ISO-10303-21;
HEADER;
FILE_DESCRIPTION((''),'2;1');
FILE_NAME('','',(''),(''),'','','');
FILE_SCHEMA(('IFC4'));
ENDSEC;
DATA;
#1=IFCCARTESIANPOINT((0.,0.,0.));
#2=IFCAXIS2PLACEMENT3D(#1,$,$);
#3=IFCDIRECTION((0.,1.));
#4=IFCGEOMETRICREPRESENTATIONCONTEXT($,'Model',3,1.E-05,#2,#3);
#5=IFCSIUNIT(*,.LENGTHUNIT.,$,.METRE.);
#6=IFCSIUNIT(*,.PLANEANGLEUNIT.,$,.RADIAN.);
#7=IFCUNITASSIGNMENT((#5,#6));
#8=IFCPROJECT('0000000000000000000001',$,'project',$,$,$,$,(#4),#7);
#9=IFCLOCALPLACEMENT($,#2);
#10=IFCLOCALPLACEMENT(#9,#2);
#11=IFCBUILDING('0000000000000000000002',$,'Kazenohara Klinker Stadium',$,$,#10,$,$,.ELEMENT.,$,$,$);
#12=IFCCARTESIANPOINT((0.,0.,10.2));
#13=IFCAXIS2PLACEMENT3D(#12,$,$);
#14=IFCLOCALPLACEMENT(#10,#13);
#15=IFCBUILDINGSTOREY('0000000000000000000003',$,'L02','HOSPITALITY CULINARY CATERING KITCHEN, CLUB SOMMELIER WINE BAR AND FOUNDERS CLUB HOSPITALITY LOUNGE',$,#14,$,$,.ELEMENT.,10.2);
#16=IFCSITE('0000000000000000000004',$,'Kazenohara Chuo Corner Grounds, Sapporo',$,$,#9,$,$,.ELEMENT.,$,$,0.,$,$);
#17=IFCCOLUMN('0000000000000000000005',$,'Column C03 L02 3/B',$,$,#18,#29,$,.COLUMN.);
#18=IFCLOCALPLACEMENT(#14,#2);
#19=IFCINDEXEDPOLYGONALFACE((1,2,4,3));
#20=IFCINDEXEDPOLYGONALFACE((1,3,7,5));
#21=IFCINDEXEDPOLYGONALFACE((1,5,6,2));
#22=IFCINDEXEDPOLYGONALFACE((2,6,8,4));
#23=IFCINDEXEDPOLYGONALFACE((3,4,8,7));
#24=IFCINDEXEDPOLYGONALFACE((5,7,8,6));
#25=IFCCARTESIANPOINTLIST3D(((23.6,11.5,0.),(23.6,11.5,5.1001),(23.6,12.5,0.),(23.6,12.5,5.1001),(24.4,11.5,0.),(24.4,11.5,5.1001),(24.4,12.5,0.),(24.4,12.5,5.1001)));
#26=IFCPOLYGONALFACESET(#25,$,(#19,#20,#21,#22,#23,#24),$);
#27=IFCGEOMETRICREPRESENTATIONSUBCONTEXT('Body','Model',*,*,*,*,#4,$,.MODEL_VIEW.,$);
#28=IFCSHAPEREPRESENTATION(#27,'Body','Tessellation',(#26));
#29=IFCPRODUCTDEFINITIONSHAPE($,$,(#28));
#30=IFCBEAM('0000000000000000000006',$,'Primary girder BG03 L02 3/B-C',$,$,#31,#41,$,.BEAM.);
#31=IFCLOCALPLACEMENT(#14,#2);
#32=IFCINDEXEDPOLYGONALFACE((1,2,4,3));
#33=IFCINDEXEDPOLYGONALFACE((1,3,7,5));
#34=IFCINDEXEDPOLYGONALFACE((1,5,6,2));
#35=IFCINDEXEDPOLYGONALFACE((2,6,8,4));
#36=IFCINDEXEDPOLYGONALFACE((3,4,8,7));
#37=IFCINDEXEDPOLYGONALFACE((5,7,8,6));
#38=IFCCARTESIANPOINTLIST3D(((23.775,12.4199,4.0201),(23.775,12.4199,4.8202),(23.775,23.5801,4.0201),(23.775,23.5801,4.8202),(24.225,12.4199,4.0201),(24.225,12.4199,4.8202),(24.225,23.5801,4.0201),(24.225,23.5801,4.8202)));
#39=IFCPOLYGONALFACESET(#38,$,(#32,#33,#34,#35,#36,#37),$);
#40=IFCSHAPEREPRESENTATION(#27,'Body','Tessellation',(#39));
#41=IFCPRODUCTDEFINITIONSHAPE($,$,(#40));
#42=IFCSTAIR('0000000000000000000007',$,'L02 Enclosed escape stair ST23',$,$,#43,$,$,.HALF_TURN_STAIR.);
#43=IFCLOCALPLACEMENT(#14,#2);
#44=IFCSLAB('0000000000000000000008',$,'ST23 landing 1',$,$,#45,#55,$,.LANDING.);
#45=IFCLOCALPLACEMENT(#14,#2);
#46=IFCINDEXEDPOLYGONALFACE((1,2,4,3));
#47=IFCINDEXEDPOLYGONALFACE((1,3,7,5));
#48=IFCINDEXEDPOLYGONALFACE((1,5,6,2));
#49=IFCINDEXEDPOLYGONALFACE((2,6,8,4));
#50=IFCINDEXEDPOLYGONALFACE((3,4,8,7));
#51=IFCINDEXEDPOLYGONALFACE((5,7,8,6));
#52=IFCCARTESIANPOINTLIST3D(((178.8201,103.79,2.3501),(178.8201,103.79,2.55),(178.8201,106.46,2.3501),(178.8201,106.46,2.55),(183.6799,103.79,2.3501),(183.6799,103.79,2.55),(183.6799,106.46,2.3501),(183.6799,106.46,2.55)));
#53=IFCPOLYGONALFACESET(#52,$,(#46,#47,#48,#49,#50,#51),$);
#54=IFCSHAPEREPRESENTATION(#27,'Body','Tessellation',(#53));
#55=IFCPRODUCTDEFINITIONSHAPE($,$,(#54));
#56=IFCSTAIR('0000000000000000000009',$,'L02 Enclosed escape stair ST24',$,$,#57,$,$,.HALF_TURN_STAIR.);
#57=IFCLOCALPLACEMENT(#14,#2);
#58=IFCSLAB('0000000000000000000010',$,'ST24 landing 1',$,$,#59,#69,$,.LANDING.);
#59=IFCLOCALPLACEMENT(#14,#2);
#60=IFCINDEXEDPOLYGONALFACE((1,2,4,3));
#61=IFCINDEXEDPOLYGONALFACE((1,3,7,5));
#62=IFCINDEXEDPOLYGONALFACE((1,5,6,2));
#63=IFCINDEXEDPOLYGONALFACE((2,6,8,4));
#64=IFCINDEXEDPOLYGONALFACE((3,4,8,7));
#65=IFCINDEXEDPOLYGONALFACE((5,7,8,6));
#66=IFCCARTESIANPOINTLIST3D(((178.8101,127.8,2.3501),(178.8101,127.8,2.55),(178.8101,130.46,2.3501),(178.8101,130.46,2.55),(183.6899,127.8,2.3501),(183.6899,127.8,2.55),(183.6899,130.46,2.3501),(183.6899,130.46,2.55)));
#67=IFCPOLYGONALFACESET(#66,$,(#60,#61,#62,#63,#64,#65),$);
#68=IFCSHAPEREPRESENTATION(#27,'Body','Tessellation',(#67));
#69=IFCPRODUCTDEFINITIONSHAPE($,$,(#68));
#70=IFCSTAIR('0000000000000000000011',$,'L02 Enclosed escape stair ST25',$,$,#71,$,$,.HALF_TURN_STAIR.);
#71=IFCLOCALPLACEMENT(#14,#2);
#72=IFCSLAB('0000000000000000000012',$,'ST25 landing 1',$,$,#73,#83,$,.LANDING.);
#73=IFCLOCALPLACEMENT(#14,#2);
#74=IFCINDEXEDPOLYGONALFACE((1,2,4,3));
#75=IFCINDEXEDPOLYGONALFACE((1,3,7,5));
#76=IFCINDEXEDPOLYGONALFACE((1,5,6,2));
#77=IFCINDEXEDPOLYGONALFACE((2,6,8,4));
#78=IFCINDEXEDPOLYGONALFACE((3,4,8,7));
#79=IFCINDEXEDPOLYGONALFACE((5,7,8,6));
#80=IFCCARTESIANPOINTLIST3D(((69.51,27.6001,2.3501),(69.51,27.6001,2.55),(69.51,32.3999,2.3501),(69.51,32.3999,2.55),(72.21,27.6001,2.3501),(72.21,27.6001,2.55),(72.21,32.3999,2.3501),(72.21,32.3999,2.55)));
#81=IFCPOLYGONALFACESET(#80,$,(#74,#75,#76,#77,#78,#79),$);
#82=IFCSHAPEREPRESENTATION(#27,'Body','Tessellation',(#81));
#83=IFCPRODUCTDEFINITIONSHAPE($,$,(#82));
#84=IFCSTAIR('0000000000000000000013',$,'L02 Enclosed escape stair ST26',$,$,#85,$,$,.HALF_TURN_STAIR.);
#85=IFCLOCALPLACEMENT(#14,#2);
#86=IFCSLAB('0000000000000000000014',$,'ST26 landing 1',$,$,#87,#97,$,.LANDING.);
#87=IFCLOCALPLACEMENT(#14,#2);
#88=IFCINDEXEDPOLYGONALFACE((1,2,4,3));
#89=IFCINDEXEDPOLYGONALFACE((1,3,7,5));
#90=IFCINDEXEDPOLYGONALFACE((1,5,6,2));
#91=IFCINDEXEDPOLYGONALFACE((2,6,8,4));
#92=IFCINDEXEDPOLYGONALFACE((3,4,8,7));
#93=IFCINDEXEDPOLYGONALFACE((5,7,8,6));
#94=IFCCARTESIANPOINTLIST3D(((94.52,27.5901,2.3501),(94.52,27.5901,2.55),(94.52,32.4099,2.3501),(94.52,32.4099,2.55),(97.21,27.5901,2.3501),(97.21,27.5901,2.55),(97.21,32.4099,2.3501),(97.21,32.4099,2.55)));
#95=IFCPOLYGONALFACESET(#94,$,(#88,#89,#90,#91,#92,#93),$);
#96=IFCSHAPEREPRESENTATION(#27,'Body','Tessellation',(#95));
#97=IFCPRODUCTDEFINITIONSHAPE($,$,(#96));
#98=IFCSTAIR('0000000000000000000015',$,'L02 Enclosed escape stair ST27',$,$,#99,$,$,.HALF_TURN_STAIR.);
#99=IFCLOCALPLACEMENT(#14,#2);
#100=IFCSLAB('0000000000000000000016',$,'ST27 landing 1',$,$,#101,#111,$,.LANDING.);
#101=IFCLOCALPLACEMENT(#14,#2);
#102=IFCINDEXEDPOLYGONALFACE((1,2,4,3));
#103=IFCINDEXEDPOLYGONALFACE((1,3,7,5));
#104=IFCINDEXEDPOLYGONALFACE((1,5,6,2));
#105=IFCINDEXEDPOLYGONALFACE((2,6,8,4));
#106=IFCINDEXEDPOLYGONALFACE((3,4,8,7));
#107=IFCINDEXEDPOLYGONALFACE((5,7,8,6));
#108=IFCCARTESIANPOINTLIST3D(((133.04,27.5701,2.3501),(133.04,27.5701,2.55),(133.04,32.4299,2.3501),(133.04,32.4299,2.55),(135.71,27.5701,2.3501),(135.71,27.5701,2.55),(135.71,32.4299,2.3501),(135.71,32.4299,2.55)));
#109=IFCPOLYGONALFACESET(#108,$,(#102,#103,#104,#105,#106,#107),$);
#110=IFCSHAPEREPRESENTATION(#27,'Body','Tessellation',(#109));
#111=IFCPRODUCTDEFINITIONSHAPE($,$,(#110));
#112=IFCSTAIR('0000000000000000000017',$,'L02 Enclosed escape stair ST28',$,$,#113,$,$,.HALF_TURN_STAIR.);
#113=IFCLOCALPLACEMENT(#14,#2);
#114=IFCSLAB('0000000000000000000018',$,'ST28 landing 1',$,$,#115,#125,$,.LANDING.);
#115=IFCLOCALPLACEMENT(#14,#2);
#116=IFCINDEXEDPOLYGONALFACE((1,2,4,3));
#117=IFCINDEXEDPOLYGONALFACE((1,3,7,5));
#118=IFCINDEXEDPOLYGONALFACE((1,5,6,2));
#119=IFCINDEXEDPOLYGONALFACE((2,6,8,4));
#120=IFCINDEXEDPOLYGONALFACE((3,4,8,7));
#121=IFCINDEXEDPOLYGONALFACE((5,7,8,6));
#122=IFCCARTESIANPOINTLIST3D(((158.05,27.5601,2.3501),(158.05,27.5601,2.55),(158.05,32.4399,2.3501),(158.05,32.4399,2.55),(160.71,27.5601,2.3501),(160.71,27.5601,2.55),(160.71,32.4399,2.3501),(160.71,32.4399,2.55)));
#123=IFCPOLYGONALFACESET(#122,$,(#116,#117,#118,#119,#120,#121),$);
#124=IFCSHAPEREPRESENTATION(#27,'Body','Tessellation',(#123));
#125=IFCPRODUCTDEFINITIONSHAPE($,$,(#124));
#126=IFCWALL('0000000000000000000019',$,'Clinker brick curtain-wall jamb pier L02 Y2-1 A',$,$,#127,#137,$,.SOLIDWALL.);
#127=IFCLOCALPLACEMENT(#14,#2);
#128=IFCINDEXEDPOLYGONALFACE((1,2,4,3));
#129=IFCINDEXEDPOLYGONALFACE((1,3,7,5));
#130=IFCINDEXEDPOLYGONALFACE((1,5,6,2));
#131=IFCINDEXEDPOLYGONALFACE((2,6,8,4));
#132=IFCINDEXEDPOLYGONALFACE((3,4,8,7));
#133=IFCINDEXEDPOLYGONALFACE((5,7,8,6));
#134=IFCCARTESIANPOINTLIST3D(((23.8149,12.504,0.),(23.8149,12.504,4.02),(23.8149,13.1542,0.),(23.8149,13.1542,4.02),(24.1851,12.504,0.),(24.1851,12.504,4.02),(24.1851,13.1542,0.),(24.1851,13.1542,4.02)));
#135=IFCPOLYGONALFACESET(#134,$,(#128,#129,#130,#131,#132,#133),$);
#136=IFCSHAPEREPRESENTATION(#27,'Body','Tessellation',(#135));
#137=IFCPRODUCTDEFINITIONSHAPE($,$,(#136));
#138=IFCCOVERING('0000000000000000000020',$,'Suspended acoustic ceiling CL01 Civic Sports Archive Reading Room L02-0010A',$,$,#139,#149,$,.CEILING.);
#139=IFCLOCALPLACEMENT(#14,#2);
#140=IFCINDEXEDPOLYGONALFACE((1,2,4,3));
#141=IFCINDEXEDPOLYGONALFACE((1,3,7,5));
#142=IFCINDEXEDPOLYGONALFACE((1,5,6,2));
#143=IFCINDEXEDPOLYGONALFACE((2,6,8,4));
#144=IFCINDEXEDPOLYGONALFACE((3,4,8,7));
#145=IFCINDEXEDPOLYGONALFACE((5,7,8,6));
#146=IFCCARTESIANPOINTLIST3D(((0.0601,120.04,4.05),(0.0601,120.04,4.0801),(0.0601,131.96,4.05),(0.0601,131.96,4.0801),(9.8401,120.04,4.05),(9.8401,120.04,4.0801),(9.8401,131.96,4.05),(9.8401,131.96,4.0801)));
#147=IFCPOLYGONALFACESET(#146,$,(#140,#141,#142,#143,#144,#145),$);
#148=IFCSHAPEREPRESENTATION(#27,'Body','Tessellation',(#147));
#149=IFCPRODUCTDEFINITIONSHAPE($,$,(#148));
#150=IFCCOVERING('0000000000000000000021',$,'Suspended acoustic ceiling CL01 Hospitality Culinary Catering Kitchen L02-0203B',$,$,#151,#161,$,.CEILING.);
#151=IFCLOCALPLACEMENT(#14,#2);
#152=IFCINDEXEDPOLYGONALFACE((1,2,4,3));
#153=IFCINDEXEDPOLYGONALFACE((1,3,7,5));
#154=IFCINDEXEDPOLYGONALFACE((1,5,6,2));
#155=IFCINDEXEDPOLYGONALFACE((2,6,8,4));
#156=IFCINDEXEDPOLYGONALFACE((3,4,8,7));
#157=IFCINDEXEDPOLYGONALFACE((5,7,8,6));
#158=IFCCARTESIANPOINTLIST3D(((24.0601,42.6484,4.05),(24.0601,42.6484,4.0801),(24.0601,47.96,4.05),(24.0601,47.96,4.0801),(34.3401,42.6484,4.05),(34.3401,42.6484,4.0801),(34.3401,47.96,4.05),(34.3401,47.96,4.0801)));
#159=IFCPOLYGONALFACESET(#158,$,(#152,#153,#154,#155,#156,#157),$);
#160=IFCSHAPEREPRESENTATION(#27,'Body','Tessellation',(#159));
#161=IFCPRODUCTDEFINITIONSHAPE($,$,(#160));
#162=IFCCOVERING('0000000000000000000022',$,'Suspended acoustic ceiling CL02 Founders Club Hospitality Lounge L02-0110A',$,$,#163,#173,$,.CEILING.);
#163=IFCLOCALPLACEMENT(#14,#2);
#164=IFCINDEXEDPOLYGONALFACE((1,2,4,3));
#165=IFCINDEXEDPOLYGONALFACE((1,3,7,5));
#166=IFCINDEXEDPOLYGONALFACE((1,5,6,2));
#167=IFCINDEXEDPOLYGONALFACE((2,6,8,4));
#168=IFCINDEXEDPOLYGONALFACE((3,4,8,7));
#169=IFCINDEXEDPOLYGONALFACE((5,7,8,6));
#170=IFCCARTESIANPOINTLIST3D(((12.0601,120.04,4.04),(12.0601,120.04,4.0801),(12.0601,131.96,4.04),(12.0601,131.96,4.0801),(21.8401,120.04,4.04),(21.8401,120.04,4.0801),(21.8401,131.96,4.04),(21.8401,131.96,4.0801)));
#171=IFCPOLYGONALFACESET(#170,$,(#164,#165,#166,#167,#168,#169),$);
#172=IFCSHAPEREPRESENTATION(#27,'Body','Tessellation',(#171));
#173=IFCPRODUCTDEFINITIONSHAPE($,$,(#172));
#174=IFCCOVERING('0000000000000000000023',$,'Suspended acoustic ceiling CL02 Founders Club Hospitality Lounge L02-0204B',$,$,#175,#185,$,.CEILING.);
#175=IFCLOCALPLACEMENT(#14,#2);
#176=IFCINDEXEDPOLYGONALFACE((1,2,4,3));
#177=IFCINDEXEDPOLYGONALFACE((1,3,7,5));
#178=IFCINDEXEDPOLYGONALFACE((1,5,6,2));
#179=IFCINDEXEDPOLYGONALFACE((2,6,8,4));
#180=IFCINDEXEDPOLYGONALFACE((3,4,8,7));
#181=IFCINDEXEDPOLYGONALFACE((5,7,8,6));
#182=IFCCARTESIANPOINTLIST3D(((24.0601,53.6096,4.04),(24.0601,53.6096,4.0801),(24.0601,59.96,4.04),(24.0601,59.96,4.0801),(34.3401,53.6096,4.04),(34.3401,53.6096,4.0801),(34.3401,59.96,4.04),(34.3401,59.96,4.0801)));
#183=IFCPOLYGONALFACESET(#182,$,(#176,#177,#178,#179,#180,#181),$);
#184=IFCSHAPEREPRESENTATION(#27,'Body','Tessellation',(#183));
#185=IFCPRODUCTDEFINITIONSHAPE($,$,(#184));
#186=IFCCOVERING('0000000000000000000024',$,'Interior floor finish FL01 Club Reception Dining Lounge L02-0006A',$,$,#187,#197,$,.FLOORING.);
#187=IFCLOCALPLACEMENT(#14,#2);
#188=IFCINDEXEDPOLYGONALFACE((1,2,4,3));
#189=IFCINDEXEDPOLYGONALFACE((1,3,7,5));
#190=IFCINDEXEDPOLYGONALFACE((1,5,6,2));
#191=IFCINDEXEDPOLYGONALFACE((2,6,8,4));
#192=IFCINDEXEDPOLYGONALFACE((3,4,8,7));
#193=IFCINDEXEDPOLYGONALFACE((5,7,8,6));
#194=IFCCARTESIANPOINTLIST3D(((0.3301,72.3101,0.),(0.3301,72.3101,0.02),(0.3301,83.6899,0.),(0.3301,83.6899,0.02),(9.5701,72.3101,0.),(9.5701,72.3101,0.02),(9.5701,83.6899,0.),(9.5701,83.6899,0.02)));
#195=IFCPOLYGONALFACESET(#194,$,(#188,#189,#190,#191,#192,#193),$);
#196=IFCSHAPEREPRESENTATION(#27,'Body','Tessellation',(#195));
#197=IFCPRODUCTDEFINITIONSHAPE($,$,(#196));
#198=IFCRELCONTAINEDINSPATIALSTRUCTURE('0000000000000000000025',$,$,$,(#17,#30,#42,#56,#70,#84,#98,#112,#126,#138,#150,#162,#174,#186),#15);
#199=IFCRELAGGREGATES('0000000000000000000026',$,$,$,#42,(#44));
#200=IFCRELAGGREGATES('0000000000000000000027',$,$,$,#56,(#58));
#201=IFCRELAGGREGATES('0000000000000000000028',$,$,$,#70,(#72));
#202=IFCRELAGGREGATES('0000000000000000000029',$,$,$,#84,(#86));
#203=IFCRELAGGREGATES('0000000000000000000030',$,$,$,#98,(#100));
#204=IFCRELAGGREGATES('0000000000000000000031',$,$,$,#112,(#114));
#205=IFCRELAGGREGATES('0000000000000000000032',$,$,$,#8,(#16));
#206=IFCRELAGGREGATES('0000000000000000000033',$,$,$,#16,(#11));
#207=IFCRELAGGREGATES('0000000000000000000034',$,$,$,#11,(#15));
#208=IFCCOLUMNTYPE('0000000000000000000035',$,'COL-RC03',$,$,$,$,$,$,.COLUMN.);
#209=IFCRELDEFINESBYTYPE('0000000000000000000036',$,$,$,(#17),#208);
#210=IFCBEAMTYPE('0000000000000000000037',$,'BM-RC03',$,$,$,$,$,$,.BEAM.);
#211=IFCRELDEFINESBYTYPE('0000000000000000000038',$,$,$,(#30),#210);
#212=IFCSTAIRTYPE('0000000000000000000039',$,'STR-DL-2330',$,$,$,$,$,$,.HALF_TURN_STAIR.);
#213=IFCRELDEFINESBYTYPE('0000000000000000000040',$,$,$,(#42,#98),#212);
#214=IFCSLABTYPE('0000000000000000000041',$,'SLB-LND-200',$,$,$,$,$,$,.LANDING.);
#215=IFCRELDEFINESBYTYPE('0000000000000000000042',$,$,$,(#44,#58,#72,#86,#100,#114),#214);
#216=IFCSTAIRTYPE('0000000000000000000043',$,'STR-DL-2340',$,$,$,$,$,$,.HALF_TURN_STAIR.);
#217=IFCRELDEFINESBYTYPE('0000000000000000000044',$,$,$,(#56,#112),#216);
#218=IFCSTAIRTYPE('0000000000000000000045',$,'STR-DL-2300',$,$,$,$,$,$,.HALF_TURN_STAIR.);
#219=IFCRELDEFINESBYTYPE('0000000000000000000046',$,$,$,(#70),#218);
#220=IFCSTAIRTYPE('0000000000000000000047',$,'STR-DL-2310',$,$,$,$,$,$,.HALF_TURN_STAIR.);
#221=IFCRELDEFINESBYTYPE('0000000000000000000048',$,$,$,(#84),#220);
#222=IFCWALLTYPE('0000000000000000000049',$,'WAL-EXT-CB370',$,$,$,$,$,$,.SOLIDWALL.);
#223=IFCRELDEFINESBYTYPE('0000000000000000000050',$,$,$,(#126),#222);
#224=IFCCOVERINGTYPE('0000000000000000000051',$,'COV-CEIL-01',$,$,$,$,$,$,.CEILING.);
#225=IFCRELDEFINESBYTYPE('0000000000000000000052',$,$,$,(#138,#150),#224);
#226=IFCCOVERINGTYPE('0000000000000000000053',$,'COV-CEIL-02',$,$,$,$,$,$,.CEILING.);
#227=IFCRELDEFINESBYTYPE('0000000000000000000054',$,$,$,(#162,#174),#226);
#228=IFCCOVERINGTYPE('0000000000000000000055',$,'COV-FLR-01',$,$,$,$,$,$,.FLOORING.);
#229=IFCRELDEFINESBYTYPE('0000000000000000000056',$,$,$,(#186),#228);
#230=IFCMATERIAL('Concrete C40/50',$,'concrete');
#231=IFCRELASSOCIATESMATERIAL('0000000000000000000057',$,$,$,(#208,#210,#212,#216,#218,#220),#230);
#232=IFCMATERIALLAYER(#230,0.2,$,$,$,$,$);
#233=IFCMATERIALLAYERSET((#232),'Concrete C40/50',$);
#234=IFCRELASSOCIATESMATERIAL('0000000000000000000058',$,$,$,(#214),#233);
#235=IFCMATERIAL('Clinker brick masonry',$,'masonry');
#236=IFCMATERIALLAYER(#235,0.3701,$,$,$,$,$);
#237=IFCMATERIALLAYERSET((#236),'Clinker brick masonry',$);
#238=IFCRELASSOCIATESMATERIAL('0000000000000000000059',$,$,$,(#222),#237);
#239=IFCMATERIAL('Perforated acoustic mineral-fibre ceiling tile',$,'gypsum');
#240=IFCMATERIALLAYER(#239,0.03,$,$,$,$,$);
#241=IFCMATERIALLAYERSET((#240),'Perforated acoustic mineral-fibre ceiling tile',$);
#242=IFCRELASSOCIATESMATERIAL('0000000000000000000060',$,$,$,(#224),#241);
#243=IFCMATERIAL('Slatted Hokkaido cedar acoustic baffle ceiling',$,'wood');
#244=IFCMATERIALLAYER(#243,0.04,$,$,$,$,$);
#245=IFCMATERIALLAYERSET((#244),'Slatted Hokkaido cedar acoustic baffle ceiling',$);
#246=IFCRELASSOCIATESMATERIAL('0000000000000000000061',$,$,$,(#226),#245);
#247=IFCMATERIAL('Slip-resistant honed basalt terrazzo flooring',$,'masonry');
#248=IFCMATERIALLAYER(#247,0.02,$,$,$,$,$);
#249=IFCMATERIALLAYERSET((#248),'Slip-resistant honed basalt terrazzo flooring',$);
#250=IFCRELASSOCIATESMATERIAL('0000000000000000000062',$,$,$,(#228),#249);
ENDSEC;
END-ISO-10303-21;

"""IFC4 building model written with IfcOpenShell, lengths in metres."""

from ifc_helpers import new_model, si_unit, direction, frame, frame_2d, origin, origin_2d, place, context, subcontext, project, spatial, polyline, rectangle, outline, extrude, material, layer, layer_set, material_profile, profile_set, type_object, element, aggregate, save


model = new_model("IFC4")

# Units and contexts
model_context = context("Model", 3, precision=1e-05, world=origin(), true_north=direction((0.0, 1.0)))
body_context = subcontext(model_context, "Body", "Model", "MODEL_VIEW")
ifc_project = project(units=[si_unit("LENGTHUNIT", "METRE"), si_unit("PLANEANGLEUNIT", "RADIAN")], contexts=[model_context])

# Site, building, storey
site_placement = place(None, origin())
site = spatial("IfcSite", under=ifc_project, at=site_placement, Name="Kazenohara Chuo Corner Grounds, Sapporo", CompositionType="ELEMENT", RefElevation=0.0)
building_placement = place(site_placement, origin())
building = spatial("IfcBuilding", under=site, at=building_placement, Name="Kazenohara Klinker Stadium", CompositionType="ELEMENT")
storey_placement = place(building_placement, frame((0.0, 0.0, 10.2)))
storey = spatial("IfcBuildingStorey", under=building, at=storey_placement, Name="L02", Description="HOSPITALITY CULINARY CATERING KITCHEN, CLUB SOMMELIER WINE BAR AND FOUNDERS CLUB HOSPITALITY LOUNGE", CompositionType="ELEMENT", Elevation=10.2)

# Column
ifc_material_1 = material(Name="Concrete C40/50", Category="concrete")
ifc_material_profile_1 = material_profile(ifc_material_1, rectangle(XDim=0.8, YDim=1.0, at=origin_2d()), Name="RC-COL-1000x800")
ifc_profile_set_1 = profile_set([ifc_material_profile_1], Name="Concrete C40/50")
column_type = type_object("IfcColumnType", Name="COL-RC03", PredefinedType="COLUMN", material=ifc_profile_set_1)
column_placement = place(storey_placement, frame((24.0, 12.0, 0.0), z_axis=(0.0, 0.0, 1.0), x_axis=(1.0, 0.0, 0.0)))
element("IfcColumn", 1, at=column_placement, inside=storey, type_object=column_type, Name="Column C03 L02 3/B", PredefinedType="COLUMN", context=body_context, shape_type="SweptSolid", body=[
    extrude(rectangle(XDim=0.8, YDim=1.0, at=origin_2d()), origin(), (0.0, 0.0, 1.0), 5.1001),
])

# Beam
ifc_material_profile_2 = material_profile(ifc_material_1, rectangle(XDim=0.45, YDim=0.8, at=origin_2d()), Name="RC-BM-450x800")
ifc_profile_set_2 = profile_set([ifc_material_profile_2], Name="Concrete C40/50")
beam_type = type_object("IfcBeamType", Name="BM-RC03", PredefinedType="BEAM", material=ifc_profile_set_2)
beam_placement = place(storey_placement, frame((24.0, 12.4199, 4.4202), z_axis=(0.0, 1.0, 0.0), x_axis=(-1.0, 0.0, 0.0)))
element("IfcBeam", 2, at=beam_placement, inside=storey, type_object=beam_type, Name="Primary girder BG03 L02 3/B-C", PredefinedType="BEAM", context=body_context, shape_type="SweptSolid", body=[
    extrude(rectangle(XDim=0.45, YDim=0.8, at=origin_2d()), origin(), (0.0, 0.0, 1.0), 11.1602),
])

# Stairs, slabs
stair_type_1 = type_object("IfcStairType", Name="STR-DL-2330", PredefinedType="HALF_TURN_STAIR", material=ifc_material_1)
stair_1_placement = place(storey_placement, origin())
stair_1 = element("IfcStair", 3, at=stair_1_placement, inside=storey, type_object=stair_type_1, Name="L02 Enclosed escape stair ST23", PredefinedType="HALF_TURN_STAIR")
ifc_layer_1 = layer(ifc_material_1, 0.2)
ifc_layer_set_1 = layer_set([ifc_layer_1], Name="Concrete C40/50")
slab_type = type_object("IfcSlabType", Name="SLB-LND-200", PredefinedType="LANDING", material=ifc_layer_set_1)
slab_1_placement = place(storey_placement, frame((0.0, 0.0, 2.3501)))
slab_1 = element("IfcSlab", 4, at=slab_1_placement, type_object=slab_type, Name="ST23 landing 1", PredefinedType="LANDING", context=body_context, shape_type="SweptSolid", body=[
    extrude(outline(polyline([(183.6799, 103.79), (183.6799, 106.46), (178.8201, 106.46), (178.8201, 103.79), (183.6799, 103.79)])), origin(), (0.0, 0.0, 1.0), 0.2),
])
aggregate(stair_1, [slab_1])
stair_type_2 = type_object("IfcStairType", Name="STR-DL-2340", PredefinedType="HALF_TURN_STAIR", material=ifc_material_1)
stair_2_placement = place(storey_placement, origin())
stair_2 = element("IfcStair", 5, at=stair_2_placement, inside=storey, type_object=stair_type_2, Name="L02 Enclosed escape stair ST24", PredefinedType="HALF_TURN_STAIR")
slab_2_placement = place(storey_placement, frame((0.0, 0.0, 2.3501)))
slab_2 = element("IfcSlab", 6, at=slab_2_placement, type_object=slab_type, Name="ST24 landing 1", PredefinedType="LANDING", context=body_context, shape_type="SweptSolid", body=[
    extrude(outline(polyline([(183.6899, 127.8), (183.6899, 130.46), (178.8101, 130.46), (178.8101, 127.8), (183.6899, 127.8)])), origin(), (0.0, 0.0, 1.0), 0.2),
])
aggregate(stair_2, [slab_2])
stair_type_3 = type_object("IfcStairType", Name="STR-DL-2300", PredefinedType="HALF_TURN_STAIR", material=ifc_material_1)
stair_3_placement = place(storey_placement, origin())
stair_3 = element("IfcStair", 7, at=stair_3_placement, inside=storey, type_object=stair_type_3, Name="L02 Enclosed escape stair ST25", PredefinedType="HALF_TURN_STAIR")
slab_3_placement = place(storey_placement, frame((0.0, 0.0, 2.3501)))
slab_3 = element("IfcSlab", 8, at=slab_3_placement, type_object=slab_type, Name="ST25 landing 1", PredefinedType="LANDING", context=body_context, shape_type="SweptSolid", body=[
    extrude(outline(polyline([(69.51, 27.6001), (72.21, 27.6001), (72.21, 32.3999), (69.51, 32.3999), (69.51, 27.6001)])), origin(), (0.0, 0.0, 1.0), 0.2),
])
aggregate(stair_3, [slab_3])
stair_type_4 = type_object("IfcStairType", Name="STR-DL-2310", PredefinedType="HALF_TURN_STAIR", material=ifc_material_1)
stair_4_placement = place(storey_placement, origin())
stair_4 = element("IfcStair", 9, at=stair_4_placement, inside=storey, type_object=stair_type_4, Name="L02 Enclosed escape stair ST26", PredefinedType="HALF_TURN_STAIR")
slab_4_placement = place(storey_placement, frame((0.0, 0.0, 2.3501)))
slab_4 = element("IfcSlab", 10, at=slab_4_placement, type_object=slab_type, Name="ST26 landing 1", PredefinedType="LANDING", context=body_context, shape_type="SweptSolid", body=[
    extrude(outline(polyline([(94.52, 27.5901), (97.21, 27.5901), (97.21, 32.4099), (94.52, 32.4099), (94.52, 27.5901)])), origin(), (0.0, 0.0, 1.0), 0.2),
])
aggregate(stair_4, [slab_4])
stair_5_placement = place(storey_placement, origin())
stair_5 = element("IfcStair", 11, at=stair_5_placement, inside=storey, type_object=stair_type_1, Name="L02 Enclosed escape stair ST27", PredefinedType="HALF_TURN_STAIR")
slab_5_placement = place(storey_placement, frame((0.0, 0.0, 2.3501)))
slab_5 = element("IfcSlab", 12, at=slab_5_placement, type_object=slab_type, Name="ST27 landing 1", PredefinedType="LANDING", context=body_context, shape_type="SweptSolid", body=[
    extrude(outline(polyline([(133.04, 27.5701), (135.71, 27.5701), (135.71, 32.4299), (133.04, 32.4299), (133.04, 27.5701)])), origin(), (0.0, 0.0, 1.0), 0.2),
])
aggregate(stair_5, [slab_5])
stair_6_placement = place(storey_placement, origin())
stair_6 = element("IfcStair", 13, at=stair_6_placement, inside=storey, type_object=stair_type_2, Name="L02 Enclosed escape stair ST28", PredefinedType="HALF_TURN_STAIR")
slab_6_placement = place(storey_placement, frame((0.0, 0.0, 2.3501)))
slab_6 = element("IfcSlab", 14, at=slab_6_placement, type_object=slab_type, Name="ST28 landing 1", PredefinedType="LANDING", context=body_context, shape_type="SweptSolid", body=[
    extrude(outline(polyline([(158.05, 27.5601), (160.71, 27.5601), (160.71, 32.4399), (158.05, 32.4399), (158.05, 27.5601)])), origin(), (0.0, 0.0, 1.0), 0.2),
])
aggregate(stair_6, [slab_6])

# Wall
ifc_material_2 = material(Name="Clinker brick masonry", Category="masonry")
ifc_layer_2 = layer(ifc_material_2, 0.3701)
ifc_layer_set_2 = layer_set([ifc_layer_2], Name="Clinker brick masonry")
wall_type = type_object("IfcWallType", Name="WAL-EXT-CB370", PredefinedType="SOLIDWALL", material=ifc_layer_set_2)
wall_placement = place(storey_placement, frame((24.0, 12.5039, 0.0), z_axis=(0.0, 0.0, 1.0), x_axis=(0.0, 1.0, 0.0)))
element("IfcWall", 15, at=wall_placement, inside=storey, type_object=wall_type, Name="Clinker brick curtain-wall jamb pier L02 Y2-1 A", PredefinedType="SOLIDWALL", context=body_context, shape_type="SweptSolid", body=[
    extrude(rectangle(XDim=0.6501, YDim=0.3701, at=frame_2d((0.3252, 0.0))), origin(), (0.0, 0.0, 1.0), 4.02),
])

# Coverings
ifc_material_3 = material(Name="Perforated acoustic mineral-fibre ceiling tile", Category="gypsum")
ifc_layer_3 = layer(ifc_material_3, 0.03)
ifc_layer_set_3 = layer_set([ifc_layer_3], Name="Perforated acoustic mineral-fibre ceiling tile")
covering_type_1 = type_object("IfcCoveringType", Name="COV-CEIL-01", PredefinedType="CEILING", material=ifc_layer_set_3)
covering_1_placement = place(storey_placement, frame((0.0, 0.0, 4.05)))
element("IfcCovering", 16, at=covering_1_placement, inside=storey, type_object=covering_type_1, Name="Suspended acoustic ceiling CL01 Civic Sports Archive Reading Room L02-0010A", PredefinedType="CEILING", context=body_context, shape_type="SweptSolid", body=[
    extrude(outline(polyline([(0.0601, 120.04), (9.8401, 120.04), (9.8401, 131.96), (0.0601, 131.96), (0.0601, 120.04)])), origin(), (0.0, 0.0, 1.0), 0.03),
])
covering_2_placement = place(storey_placement, frame((0.0, 0.0, 4.05)))
element("IfcCovering", 17, at=covering_2_placement, inside=storey, type_object=covering_type_1, Name="Suspended acoustic ceiling CL01 Hospitality Culinary Catering Kitchen L02-0203B", PredefinedType="CEILING", context=body_context, shape_type="SweptSolid", body=[
    extrude(outline(polyline([(24.0601, 42.6484), (34.3401, 42.6484), (34.3401, 47.96), (24.0601, 47.96), (24.0601, 42.6484)])), origin(), (0.0, 0.0, 1.0), 0.03),
])
ifc_material_4 = material(Name="Slatted Hokkaido cedar acoustic baffle ceiling", Category="wood")
ifc_layer_4 = layer(ifc_material_4, 0.04)
ifc_layer_set_4 = layer_set([ifc_layer_4], Name="Slatted Hokkaido cedar acoustic baffle ceiling")
covering_type_2 = type_object("IfcCoveringType", Name="COV-CEIL-02", PredefinedType="CEILING", material=ifc_layer_set_4)
covering_3_placement = place(storey_placement, frame((0.0, 0.0, 4.04)))
element("IfcCovering", 18, at=covering_3_placement, inside=storey, type_object=covering_type_2, Name="Suspended acoustic ceiling CL02 Founders Club Hospitality Lounge L02-0110A", PredefinedType="CEILING", context=body_context, shape_type="SweptSolid", body=[
    extrude(outline(polyline([(12.0601, 120.04), (21.8401, 120.04), (21.8401, 131.96), (12.0601, 131.96), (12.0601, 120.04)])), origin(), (0.0, 0.0, 1.0), 0.04),
])
covering_4_placement = place(storey_placement, frame((0.0, 0.0, 4.04)))
element("IfcCovering", 19, at=covering_4_placement, inside=storey, type_object=covering_type_2, Name="Suspended acoustic ceiling CL02 Founders Club Hospitality Lounge L02-0204B", PredefinedType="CEILING", context=body_context, shape_type="SweptSolid", body=[
    extrude(outline(polyline([(24.0601, 53.6096), (34.3401, 53.6096), (34.3401, 59.96), (24.0601, 59.96), (24.0601, 53.6096)])), origin(), (0.0, 0.0, 1.0), 0.04),
])
ifc_material_5 = material(Name="Slip-resistant honed basalt terrazzo flooring", Category="masonry")
ifc_layer_5 = layer(ifc_material_5, 0.02)
ifc_layer_set_5 = layer_set([ifc_layer_5], Name="Slip-resistant honed basalt terrazzo flooring")
covering_type_3 = type_object("IfcCoveringType", Name="COV-FLR-01", PredefinedType="FLOORING", material=ifc_layer_set_5)
covering_5_placement = place(storey_placement, origin())
element("IfcCovering", 20, at=covering_5_placement, inside=storey, type_object=covering_type_3, Name="Interior floor finish FL01 Club Reception Dining Lounge L02-0006A", PredefinedType="FLOORING", context=body_context, shape_type="SweptSolid", body=[
    extrude(outline(polyline([(0.3301, 72.3101), (9.5701, 72.3101), (9.5701, 83.6899), (0.3301, 83.6899), (0.3301, 72.3101)])), origin(), (0.0, 0.0, 1.0), 0.02),
])

save(model, "model.ifc")
